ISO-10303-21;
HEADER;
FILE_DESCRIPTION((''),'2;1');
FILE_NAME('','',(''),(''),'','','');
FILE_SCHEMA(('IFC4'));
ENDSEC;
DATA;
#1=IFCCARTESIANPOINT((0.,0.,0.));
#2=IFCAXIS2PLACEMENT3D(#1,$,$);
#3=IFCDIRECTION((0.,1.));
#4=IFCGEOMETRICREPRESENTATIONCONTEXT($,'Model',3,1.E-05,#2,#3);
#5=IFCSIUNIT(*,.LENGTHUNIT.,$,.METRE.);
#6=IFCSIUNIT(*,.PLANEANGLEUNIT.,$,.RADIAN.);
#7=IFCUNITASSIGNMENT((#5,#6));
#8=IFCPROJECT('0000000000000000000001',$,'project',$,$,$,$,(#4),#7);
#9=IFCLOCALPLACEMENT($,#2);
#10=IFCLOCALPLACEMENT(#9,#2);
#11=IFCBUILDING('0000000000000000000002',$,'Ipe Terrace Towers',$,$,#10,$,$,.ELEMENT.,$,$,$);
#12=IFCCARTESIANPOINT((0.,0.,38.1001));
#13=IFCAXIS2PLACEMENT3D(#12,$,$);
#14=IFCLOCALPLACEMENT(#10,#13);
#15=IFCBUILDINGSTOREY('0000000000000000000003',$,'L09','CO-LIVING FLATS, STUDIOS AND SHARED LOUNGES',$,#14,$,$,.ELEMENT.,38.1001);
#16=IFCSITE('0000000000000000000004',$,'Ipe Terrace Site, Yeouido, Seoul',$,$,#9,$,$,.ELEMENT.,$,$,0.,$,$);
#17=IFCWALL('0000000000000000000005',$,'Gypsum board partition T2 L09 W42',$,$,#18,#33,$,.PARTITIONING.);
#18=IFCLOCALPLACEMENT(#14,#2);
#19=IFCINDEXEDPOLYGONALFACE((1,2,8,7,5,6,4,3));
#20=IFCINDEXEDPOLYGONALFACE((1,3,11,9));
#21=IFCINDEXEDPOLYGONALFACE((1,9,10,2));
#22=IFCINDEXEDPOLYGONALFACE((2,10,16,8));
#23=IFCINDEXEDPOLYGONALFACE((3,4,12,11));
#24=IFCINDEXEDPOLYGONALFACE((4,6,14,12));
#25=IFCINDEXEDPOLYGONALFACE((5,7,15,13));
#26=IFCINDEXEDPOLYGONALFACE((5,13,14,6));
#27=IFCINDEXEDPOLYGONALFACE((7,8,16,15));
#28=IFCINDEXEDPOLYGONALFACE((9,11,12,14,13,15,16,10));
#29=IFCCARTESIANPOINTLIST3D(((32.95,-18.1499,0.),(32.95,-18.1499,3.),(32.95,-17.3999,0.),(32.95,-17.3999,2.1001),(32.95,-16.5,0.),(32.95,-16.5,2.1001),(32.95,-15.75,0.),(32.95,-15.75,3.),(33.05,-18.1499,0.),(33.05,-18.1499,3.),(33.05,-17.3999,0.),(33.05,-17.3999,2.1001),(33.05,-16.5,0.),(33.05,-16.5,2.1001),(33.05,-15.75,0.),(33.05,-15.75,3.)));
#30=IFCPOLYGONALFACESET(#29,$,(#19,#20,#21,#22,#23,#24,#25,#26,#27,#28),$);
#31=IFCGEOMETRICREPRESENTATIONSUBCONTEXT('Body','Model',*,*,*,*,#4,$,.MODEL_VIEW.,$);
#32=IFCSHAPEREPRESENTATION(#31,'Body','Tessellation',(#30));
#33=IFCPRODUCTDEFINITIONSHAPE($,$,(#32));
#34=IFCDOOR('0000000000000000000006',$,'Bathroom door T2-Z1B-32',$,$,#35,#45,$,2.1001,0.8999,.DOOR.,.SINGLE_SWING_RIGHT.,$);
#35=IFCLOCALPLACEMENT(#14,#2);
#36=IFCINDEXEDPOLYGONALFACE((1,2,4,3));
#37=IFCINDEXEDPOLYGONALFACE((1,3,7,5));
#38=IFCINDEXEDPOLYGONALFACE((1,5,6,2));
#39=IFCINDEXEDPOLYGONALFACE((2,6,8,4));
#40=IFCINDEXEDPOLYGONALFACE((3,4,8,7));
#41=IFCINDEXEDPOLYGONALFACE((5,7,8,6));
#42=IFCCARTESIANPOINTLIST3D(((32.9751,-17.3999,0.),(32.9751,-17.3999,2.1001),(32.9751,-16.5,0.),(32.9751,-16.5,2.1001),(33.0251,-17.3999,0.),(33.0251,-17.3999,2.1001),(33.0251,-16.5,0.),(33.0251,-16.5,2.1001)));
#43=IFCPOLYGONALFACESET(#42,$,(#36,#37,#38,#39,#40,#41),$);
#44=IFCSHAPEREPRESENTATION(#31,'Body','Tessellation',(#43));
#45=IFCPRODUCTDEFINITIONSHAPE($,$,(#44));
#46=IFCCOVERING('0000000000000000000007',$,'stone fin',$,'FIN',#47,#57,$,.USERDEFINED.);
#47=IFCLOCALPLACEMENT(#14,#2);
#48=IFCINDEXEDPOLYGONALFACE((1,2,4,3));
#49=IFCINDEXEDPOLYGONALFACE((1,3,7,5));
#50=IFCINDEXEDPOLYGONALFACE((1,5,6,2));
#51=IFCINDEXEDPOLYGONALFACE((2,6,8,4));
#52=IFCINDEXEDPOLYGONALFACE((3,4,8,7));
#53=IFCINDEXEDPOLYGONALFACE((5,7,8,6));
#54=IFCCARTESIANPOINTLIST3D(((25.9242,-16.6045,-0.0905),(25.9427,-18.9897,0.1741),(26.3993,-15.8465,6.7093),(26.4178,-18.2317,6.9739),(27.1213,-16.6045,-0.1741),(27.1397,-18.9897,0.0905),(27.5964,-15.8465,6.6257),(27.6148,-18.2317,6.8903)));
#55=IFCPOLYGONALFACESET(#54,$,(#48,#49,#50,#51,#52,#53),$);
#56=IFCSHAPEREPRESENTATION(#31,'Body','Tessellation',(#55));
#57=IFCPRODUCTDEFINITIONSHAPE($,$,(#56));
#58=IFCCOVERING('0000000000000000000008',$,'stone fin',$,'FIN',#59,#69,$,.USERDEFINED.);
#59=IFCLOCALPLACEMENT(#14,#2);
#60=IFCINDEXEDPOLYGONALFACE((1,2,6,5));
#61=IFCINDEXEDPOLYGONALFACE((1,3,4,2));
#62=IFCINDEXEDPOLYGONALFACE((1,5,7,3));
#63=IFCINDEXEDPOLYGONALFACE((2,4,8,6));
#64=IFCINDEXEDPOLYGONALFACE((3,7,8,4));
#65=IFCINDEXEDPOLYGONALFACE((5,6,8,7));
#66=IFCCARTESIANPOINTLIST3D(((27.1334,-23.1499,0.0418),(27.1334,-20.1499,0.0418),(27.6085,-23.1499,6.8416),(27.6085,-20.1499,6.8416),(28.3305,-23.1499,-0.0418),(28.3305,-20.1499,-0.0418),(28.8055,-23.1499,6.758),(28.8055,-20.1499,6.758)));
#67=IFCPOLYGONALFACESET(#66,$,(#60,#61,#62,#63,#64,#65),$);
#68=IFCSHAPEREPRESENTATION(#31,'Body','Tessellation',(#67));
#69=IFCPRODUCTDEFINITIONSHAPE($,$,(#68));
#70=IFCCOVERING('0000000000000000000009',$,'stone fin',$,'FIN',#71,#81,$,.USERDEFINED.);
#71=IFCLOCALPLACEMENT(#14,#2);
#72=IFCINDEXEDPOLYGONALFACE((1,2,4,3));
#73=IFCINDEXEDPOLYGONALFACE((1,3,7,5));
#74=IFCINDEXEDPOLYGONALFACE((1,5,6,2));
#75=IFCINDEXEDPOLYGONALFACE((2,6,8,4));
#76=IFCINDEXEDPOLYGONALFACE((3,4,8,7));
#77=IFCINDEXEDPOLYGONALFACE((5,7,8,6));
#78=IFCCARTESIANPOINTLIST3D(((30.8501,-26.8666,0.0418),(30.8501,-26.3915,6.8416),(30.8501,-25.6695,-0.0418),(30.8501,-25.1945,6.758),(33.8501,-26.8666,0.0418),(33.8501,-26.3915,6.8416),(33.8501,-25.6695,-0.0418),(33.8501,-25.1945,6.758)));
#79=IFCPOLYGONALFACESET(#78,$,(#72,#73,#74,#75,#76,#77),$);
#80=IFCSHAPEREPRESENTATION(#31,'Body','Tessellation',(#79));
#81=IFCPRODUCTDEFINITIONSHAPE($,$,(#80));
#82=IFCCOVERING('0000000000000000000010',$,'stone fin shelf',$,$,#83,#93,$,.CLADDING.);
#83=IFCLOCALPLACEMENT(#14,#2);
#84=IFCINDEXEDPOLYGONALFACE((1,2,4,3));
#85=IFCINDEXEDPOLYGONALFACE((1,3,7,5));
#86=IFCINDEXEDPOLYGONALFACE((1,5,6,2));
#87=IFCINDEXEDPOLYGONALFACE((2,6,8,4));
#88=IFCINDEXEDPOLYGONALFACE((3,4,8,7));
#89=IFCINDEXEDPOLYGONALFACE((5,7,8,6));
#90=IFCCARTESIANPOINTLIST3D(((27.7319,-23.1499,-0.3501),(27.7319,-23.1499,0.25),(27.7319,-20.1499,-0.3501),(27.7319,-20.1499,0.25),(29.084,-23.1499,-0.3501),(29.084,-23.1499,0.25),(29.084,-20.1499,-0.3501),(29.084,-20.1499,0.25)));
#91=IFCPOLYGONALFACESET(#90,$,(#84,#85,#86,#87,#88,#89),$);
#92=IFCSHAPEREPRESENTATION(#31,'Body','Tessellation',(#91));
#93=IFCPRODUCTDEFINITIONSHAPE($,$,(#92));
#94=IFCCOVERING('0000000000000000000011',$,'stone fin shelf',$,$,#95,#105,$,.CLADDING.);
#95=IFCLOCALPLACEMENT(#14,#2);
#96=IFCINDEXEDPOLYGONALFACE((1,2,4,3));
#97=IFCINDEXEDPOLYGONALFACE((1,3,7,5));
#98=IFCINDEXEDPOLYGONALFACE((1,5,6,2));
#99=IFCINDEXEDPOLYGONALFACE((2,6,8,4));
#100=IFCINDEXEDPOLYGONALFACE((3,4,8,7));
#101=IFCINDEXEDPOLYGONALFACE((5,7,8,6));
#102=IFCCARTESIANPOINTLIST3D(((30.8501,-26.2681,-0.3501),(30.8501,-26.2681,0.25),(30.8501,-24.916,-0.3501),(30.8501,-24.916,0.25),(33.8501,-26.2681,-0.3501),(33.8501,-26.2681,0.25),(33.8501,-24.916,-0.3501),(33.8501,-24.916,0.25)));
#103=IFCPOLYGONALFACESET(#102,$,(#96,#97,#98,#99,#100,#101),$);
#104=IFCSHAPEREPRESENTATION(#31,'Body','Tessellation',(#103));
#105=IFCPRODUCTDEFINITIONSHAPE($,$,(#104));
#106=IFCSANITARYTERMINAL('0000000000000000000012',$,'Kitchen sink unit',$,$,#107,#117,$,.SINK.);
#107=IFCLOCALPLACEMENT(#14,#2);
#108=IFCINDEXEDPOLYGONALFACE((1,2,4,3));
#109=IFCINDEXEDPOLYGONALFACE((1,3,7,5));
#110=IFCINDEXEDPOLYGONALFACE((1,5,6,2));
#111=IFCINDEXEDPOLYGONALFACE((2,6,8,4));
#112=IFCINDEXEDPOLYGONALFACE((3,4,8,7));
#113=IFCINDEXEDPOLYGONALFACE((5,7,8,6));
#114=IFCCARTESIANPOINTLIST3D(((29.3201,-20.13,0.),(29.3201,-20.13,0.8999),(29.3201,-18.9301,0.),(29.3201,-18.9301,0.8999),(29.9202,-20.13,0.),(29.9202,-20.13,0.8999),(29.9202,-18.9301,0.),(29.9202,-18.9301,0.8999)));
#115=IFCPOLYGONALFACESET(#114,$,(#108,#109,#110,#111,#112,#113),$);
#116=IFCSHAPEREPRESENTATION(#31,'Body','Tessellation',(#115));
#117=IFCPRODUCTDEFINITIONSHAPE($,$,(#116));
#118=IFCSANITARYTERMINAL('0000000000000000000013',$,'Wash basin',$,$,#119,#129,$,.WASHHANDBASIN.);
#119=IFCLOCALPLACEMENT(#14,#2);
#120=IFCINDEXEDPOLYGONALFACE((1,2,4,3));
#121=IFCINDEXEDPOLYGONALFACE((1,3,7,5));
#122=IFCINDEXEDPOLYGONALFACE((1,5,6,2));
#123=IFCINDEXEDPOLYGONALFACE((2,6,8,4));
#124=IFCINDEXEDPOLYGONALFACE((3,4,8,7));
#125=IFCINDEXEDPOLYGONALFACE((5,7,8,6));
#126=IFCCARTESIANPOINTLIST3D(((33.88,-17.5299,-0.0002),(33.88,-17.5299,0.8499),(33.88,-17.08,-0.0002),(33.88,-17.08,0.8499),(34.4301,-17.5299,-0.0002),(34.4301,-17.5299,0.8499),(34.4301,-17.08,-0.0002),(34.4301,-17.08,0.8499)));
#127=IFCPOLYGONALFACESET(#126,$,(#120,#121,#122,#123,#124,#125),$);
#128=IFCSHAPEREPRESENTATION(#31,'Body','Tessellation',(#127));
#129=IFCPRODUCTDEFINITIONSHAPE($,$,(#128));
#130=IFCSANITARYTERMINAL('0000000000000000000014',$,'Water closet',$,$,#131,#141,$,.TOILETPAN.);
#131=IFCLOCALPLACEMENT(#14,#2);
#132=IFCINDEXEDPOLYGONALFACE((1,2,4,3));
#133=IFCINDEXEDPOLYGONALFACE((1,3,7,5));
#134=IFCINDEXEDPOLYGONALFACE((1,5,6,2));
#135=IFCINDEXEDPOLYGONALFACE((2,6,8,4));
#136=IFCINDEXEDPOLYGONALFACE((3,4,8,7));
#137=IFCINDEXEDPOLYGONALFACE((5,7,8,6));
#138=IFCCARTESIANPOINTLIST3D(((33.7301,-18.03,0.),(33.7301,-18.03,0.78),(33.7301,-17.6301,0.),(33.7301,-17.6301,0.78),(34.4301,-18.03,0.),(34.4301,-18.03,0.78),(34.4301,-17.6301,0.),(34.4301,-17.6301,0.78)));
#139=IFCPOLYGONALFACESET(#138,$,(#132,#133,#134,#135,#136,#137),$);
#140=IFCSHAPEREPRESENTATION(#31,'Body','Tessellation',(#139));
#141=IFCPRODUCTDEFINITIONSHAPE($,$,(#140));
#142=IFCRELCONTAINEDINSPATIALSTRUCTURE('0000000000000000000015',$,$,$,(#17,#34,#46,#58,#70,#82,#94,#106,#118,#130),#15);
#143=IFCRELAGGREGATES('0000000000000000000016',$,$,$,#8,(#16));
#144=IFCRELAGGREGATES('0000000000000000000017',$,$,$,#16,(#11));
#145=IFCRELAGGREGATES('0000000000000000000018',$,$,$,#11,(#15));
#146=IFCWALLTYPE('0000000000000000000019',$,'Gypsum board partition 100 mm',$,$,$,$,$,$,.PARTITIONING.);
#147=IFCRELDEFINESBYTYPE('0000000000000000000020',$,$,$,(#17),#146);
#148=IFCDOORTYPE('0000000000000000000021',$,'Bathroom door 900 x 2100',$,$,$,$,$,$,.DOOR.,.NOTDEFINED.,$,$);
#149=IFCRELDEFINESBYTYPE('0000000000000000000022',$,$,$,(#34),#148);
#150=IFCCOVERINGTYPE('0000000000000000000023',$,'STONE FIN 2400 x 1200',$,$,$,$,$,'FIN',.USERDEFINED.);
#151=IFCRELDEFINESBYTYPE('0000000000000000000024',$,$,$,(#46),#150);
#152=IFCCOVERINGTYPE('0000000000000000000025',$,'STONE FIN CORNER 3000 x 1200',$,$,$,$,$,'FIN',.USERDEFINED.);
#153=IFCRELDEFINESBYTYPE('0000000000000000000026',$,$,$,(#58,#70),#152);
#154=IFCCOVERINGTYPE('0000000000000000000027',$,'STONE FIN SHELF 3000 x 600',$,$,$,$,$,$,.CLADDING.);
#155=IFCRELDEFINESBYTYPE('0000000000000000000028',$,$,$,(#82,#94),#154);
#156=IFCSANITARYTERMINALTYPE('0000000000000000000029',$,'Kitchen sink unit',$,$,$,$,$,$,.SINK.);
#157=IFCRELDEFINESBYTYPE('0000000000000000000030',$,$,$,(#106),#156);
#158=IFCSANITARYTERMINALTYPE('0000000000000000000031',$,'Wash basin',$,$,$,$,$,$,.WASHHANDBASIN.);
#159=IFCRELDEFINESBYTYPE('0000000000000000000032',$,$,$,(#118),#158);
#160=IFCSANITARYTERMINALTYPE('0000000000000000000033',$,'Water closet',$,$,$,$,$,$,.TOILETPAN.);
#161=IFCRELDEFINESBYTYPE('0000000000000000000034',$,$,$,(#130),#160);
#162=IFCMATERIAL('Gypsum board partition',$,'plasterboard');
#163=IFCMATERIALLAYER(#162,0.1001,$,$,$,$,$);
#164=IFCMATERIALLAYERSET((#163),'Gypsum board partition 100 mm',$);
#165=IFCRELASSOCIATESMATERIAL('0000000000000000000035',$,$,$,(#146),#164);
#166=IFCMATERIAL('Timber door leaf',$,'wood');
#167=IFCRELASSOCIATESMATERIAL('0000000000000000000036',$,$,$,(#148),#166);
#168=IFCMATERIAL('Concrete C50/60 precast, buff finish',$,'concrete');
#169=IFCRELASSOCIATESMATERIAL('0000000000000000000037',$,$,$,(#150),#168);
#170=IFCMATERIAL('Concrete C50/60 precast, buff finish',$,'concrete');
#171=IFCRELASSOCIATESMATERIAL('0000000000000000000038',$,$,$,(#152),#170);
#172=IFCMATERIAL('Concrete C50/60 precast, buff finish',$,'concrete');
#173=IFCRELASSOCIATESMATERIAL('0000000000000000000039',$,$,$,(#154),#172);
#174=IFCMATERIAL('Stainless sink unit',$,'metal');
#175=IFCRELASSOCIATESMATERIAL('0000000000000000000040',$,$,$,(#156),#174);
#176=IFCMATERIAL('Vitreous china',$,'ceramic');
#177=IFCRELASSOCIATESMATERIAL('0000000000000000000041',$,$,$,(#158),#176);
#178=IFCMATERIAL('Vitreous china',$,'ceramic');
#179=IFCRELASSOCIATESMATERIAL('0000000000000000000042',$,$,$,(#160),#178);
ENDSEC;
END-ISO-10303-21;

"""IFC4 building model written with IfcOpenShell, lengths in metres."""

from ifc_helpers import new_model, si_unit, direction, frame, frame_2d, origin, origin_2d, place, context, subcontext, project, spatial, rectangle, extrude, material, layer, layer_set, material_profile, profile_set, type_object, element, fill, save


model = new_model("IFC4")

# Units and contexts
model_context = context("Model", 3, precision=1e-05, world=origin(), true_north=direction((0.0, 1.0)))
body_context = subcontext(model_context, "Body", "Model", "MODEL_VIEW")
ifc_project = project(units=[si_unit("LENGTHUNIT", "METRE"), si_unit("PLANEANGLEUNIT", "RADIAN")], contexts=[model_context])

# Site, building, storey
site_placement = place(None, origin())
site = spatial("IfcSite", under=ifc_project, at=site_placement, Name="Ipe Terrace Site, Yeouido, Seoul", CompositionType="ELEMENT", RefElevation=0.0)
building_placement = place(site_placement, origin())
building = spatial("IfcBuilding", under=site, at=building_placement, Name="Ipe Terrace Towers", CompositionType="ELEMENT")
storey_placement = place(building_placement, frame((0.0, 0.0, 38.1001)))
storey = spatial("IfcBuildingStorey", under=building, at=storey_placement, Name="L09", Description="CO-LIVING FLATS, STUDIOS AND SHARED LOUNGES", CompositionType="ELEMENT", Elevation=38.1001)

# Wall, opening, door
ifc_material_1 = material(Name="Gypsum board partition", Category="plasterboard")
ifc_layer_1 = layer(ifc_material_1, 0.1001)
ifc_layer_set_1 = layer_set([ifc_layer_1], Name="Gypsum board partition 100 mm")
wall_type_1 = type_object("IfcWallType", Name="Gypsum board partition 100 mm", PredefinedType="PARTITIONING", material=ifc_layer_set_1)
wall_1_placement = place(storey_placement, frame((33.0, -18.1499, 0.0), z_axis=(0.0, 0.0, 1.0), x_axis=(0.0, 1.0, 0.0)))
wall_1 = element("IfcWall", 1, at=wall_1_placement, inside=storey, type_object=wall_type_1, Name="Gypsum board partition T2 L09 W42", PredefinedType="PARTITIONING", context=body_context, shape_type="SweptSolid", body=[
    extrude(rectangle(XDim=2.3999, YDim=0.1001, at=frame_2d((1.2, 0.0))), origin(), (0.0, 0.0, 1.0), 3.0),
])
opening_placement = place(wall_1_placement, frame((0.75, 0.0, 0.0)))
opening = element("IfcOpeningElement", 2, at=opening_placement, cuts=wall_1, PredefinedType="OPENING", context=body_context, shape_type="SweptSolid", body=[
    extrude(rectangle(XDim=0.8999, YDim=2.1001, at=frame_2d((0.45, 1.05))), frame((0.0, 0.0601, 0.0), z_axis=(0.0, -1.0, 0.0), x_axis=(1.0, 0.0, 0.0)), (0.0, 0.0, 1.0), 0.1201),
])
ifc_material_2 = material(Name="Timber door leaf", Category="wood")
door_type = type_object("IfcDoorType", Name="Bathroom door 900 x 2100", OperationType="NOTDEFINED", PredefinedType="DOOR", material=ifc_material_2)
door_placement = place(opening_placement, origin())
door = element("IfcDoor", 3, at=door_placement, inside=storey, type_object=door_type, Name="Bathroom door T2-Z1B-32", OperationType="SINGLE_SWING_RIGHT", OverallHeight=2.1001, OverallWidth=0.8999, PredefinedType="DOOR", context=body_context, shape_type="SweptSolid", body=[
    extrude(rectangle(XDim=0.8999, YDim=2.1001, at=frame_2d((0.45, 1.05))), frame((0.0, 0.0249, 0.0), z_axis=(0.0, -1.0, 0.0), x_axis=(1.0, 0.0, 0.0)), (0.0, 0.0, 1.0), 0.05),
])
fill(opening, door)

# Coverings
ifc_material_3 = material(Name="Concrete C50/60 precast, buff finish", Category="concrete")
ifc_material_profile_1 = material_profile(ifc_material_3, rectangle(XDim=2.3999, YDim=1.2, at=origin_2d()), Name="STONE FIN 2400 x 1200")
ifc_profile_set_1 = profile_set([ifc_material_profile_1], Name="Concrete C50/60 precast, buff finish")
covering_type_1 = type_object("IfcCoveringType", Name="STONE FIN 2400 x 1200", ElementType="FIN", PredefinedType="USERDEFINED", material=ifc_profile_set_1)
covering_placement = place(storey_placement, frame((26.532, -17.7971, 0.0), z_axis=(0.069272, 0.11053, 0.991456), x_axis=(0.007704, -0.993873, 0.110261)))
element("IfcCovering", 4, at=covering_placement, inside=storey, type_object=covering_type_1, Name="stone fin", ObjectType="FIN", PredefinedType="USERDEFINED", context=body_context, shape_type="SweptSolid", body=[
    extrude(rectangle(XDim=2.3999, YDim=1.2, at=origin_2d()), origin(), (0.0, 0.0, 1.0), 6.8584),
])
ifc_material_4 = material(Name="Concrete C50/60 precast, buff finish", Category="concrete")
ifc_material_profile_2 = material_profile(ifc_material_4, rectangle(XDim=3.0, YDim=1.2, at=origin_2d()), Name="STONE FIN CORNER 3000 x 1200")
ifc_profile_set_2 = profile_set([ifc_material_profile_2], Name="Concrete C50/60 precast, buff finish")
covering_type_2 = type_object("IfcCoveringType", Name="STONE FIN CORNER 3000 x 1200", ElementType="FIN", PredefinedType="USERDEFINED", material=ifc_profile_set_2)
for number, where, z_axis, x_axis, name in (
    (5, (27.7319, -21.6499, 0.0), (0.069699, 0.0, 0.997568), (0.0, -1.0, 0.0), "stone fin"),
    (6, (32.3501, -26.2681, 0.0), (0.0, 0.069699, 0.997568), (1.0, 0.0, 0.0), "stone fin"),
):
    element("IfcCovering", number, at=place(storey_placement, frame(where, z_axis=z_axis, x_axis=x_axis)), inside=storey, type_object=covering_type_2, Name=name, ObjectType="FIN", PredefinedType="USERDEFINED", context=body_context, shape_type="SweptSolid", body=[
        extrude(rectangle(XDim=3.0, YDim=1.2, at=origin_2d()), origin(), (0.0, 0.0, 1.0), 6.8164),
    ])
ifc_material_5 = material(Name="Concrete C50/60 precast, buff finish", Category="concrete")
covering_type_3 = type_object("IfcCoveringType", Name="STONE FIN SHELF 3000 x 600", PredefinedType="CLADDING", material=ifc_material_5)
for number, where, z_axis, x_axis, name in (
    (7, (28.408, -21.6499, -0.3501), (0.0, 0.0, 1.0), (0.0, -1.0, 0.0), "stone fin shelf"),
    (8, (32.3501, -25.592, -0.3501), (0.0, 0.0, 1.0), (1.0, 0.0, 0.0), "stone fin shelf"),
):
    element("IfcCovering", number, at=place(storey_placement, frame(where, z_axis=z_axis, x_axis=x_axis)), inside=storey, type_object=covering_type_3, Name=name, PredefinedType="CLADDING", context=body_context, shape_type="SweptSolid", body=[
        extrude(rectangle(XDim=3.0, YDim=1.3521, at=origin_2d()), origin(), (0.0, 0.0, 1.0), 0.6001),
    ])

# Sanitary terminals
ifc_material_6 = material(Name="Stainless sink unit", Category="metal")
sanitary_terminal_type_1 = type_object("IfcSanitaryTerminalType", Name="Kitchen sink unit", PredefinedType="SINK", material=ifc_material_6)
sanitary_terminal_1_placement = place(storey_placement, frame((29.6201, -19.53, 0.0), z_axis=(0.0, 0.0, 1.0), x_axis=(0.0, 1.0, 0.0)))
element("IfcSanitaryTerminal", 9, at=sanitary_terminal_1_placement, inside=storey, type_object=sanitary_terminal_type_1, Name="Kitchen sink unit", PredefinedType="SINK", context=body_context, shape_type="SweptSolid", body=[
    extrude(rectangle(XDim=1.2, YDim=0.6001, at=origin_2d()), origin(), (0.0, 0.0, 1.0), 0.8999),
])
ifc_material_7 = material(Name="Vitreous china", Category="ceramic")
sanitary_terminal_type_2 = type_object("IfcSanitaryTerminalType", Name="Wash basin", PredefinedType="WASHHANDBASIN", material=ifc_material_7)
sanitary_terminal_2_placement = place(storey_placement, frame((34.155, -17.3049, -0.0002), z_axis=(0.0, 0.0, 1.0), x_axis=(-1.0, 0.0, 0.0)))
element("IfcSanitaryTerminal", 10, at=sanitary_terminal_2_placement, inside=storey, type_object=sanitary_terminal_type_2, Name="Wash basin", PredefinedType="WASHHANDBASIN", context=body_context, shape_type="SweptSolid", body=[
    extrude(rectangle(XDim=0.55, YDim=0.45, at=origin_2d()), origin(), (0.0, 0.0, 1.0), 0.8501),
])
ifc_material_8 = material(Name="Vitreous china", Category="ceramic")
sanitary_terminal_type_3 = type_object("IfcSanitaryTerminalType", Name="Water closet", PredefinedType="TOILETPAN", material=ifc_material_8)
sanitary_terminal_3_placement = place(storey_placement, frame((34.0801, -17.8301, 0.0), z_axis=(0.0, 0.0, 1.0), x_axis=(-1.0, 0.0, 0.0)))
element("IfcSanitaryTerminal", 11, at=sanitary_terminal_3_placement, inside=storey, type_object=sanitary_terminal_type_3, Name="Water closet", PredefinedType="TOILETPAN", context=body_context, shape_type="SweptSolid", body=[
    extrude(rectangle(XDim=0.7, YDim=0.3999, at=origin_2d()), origin(), (0.0, 0.0, 1.0), 0.78),
])

save(model, "model.ifc")
